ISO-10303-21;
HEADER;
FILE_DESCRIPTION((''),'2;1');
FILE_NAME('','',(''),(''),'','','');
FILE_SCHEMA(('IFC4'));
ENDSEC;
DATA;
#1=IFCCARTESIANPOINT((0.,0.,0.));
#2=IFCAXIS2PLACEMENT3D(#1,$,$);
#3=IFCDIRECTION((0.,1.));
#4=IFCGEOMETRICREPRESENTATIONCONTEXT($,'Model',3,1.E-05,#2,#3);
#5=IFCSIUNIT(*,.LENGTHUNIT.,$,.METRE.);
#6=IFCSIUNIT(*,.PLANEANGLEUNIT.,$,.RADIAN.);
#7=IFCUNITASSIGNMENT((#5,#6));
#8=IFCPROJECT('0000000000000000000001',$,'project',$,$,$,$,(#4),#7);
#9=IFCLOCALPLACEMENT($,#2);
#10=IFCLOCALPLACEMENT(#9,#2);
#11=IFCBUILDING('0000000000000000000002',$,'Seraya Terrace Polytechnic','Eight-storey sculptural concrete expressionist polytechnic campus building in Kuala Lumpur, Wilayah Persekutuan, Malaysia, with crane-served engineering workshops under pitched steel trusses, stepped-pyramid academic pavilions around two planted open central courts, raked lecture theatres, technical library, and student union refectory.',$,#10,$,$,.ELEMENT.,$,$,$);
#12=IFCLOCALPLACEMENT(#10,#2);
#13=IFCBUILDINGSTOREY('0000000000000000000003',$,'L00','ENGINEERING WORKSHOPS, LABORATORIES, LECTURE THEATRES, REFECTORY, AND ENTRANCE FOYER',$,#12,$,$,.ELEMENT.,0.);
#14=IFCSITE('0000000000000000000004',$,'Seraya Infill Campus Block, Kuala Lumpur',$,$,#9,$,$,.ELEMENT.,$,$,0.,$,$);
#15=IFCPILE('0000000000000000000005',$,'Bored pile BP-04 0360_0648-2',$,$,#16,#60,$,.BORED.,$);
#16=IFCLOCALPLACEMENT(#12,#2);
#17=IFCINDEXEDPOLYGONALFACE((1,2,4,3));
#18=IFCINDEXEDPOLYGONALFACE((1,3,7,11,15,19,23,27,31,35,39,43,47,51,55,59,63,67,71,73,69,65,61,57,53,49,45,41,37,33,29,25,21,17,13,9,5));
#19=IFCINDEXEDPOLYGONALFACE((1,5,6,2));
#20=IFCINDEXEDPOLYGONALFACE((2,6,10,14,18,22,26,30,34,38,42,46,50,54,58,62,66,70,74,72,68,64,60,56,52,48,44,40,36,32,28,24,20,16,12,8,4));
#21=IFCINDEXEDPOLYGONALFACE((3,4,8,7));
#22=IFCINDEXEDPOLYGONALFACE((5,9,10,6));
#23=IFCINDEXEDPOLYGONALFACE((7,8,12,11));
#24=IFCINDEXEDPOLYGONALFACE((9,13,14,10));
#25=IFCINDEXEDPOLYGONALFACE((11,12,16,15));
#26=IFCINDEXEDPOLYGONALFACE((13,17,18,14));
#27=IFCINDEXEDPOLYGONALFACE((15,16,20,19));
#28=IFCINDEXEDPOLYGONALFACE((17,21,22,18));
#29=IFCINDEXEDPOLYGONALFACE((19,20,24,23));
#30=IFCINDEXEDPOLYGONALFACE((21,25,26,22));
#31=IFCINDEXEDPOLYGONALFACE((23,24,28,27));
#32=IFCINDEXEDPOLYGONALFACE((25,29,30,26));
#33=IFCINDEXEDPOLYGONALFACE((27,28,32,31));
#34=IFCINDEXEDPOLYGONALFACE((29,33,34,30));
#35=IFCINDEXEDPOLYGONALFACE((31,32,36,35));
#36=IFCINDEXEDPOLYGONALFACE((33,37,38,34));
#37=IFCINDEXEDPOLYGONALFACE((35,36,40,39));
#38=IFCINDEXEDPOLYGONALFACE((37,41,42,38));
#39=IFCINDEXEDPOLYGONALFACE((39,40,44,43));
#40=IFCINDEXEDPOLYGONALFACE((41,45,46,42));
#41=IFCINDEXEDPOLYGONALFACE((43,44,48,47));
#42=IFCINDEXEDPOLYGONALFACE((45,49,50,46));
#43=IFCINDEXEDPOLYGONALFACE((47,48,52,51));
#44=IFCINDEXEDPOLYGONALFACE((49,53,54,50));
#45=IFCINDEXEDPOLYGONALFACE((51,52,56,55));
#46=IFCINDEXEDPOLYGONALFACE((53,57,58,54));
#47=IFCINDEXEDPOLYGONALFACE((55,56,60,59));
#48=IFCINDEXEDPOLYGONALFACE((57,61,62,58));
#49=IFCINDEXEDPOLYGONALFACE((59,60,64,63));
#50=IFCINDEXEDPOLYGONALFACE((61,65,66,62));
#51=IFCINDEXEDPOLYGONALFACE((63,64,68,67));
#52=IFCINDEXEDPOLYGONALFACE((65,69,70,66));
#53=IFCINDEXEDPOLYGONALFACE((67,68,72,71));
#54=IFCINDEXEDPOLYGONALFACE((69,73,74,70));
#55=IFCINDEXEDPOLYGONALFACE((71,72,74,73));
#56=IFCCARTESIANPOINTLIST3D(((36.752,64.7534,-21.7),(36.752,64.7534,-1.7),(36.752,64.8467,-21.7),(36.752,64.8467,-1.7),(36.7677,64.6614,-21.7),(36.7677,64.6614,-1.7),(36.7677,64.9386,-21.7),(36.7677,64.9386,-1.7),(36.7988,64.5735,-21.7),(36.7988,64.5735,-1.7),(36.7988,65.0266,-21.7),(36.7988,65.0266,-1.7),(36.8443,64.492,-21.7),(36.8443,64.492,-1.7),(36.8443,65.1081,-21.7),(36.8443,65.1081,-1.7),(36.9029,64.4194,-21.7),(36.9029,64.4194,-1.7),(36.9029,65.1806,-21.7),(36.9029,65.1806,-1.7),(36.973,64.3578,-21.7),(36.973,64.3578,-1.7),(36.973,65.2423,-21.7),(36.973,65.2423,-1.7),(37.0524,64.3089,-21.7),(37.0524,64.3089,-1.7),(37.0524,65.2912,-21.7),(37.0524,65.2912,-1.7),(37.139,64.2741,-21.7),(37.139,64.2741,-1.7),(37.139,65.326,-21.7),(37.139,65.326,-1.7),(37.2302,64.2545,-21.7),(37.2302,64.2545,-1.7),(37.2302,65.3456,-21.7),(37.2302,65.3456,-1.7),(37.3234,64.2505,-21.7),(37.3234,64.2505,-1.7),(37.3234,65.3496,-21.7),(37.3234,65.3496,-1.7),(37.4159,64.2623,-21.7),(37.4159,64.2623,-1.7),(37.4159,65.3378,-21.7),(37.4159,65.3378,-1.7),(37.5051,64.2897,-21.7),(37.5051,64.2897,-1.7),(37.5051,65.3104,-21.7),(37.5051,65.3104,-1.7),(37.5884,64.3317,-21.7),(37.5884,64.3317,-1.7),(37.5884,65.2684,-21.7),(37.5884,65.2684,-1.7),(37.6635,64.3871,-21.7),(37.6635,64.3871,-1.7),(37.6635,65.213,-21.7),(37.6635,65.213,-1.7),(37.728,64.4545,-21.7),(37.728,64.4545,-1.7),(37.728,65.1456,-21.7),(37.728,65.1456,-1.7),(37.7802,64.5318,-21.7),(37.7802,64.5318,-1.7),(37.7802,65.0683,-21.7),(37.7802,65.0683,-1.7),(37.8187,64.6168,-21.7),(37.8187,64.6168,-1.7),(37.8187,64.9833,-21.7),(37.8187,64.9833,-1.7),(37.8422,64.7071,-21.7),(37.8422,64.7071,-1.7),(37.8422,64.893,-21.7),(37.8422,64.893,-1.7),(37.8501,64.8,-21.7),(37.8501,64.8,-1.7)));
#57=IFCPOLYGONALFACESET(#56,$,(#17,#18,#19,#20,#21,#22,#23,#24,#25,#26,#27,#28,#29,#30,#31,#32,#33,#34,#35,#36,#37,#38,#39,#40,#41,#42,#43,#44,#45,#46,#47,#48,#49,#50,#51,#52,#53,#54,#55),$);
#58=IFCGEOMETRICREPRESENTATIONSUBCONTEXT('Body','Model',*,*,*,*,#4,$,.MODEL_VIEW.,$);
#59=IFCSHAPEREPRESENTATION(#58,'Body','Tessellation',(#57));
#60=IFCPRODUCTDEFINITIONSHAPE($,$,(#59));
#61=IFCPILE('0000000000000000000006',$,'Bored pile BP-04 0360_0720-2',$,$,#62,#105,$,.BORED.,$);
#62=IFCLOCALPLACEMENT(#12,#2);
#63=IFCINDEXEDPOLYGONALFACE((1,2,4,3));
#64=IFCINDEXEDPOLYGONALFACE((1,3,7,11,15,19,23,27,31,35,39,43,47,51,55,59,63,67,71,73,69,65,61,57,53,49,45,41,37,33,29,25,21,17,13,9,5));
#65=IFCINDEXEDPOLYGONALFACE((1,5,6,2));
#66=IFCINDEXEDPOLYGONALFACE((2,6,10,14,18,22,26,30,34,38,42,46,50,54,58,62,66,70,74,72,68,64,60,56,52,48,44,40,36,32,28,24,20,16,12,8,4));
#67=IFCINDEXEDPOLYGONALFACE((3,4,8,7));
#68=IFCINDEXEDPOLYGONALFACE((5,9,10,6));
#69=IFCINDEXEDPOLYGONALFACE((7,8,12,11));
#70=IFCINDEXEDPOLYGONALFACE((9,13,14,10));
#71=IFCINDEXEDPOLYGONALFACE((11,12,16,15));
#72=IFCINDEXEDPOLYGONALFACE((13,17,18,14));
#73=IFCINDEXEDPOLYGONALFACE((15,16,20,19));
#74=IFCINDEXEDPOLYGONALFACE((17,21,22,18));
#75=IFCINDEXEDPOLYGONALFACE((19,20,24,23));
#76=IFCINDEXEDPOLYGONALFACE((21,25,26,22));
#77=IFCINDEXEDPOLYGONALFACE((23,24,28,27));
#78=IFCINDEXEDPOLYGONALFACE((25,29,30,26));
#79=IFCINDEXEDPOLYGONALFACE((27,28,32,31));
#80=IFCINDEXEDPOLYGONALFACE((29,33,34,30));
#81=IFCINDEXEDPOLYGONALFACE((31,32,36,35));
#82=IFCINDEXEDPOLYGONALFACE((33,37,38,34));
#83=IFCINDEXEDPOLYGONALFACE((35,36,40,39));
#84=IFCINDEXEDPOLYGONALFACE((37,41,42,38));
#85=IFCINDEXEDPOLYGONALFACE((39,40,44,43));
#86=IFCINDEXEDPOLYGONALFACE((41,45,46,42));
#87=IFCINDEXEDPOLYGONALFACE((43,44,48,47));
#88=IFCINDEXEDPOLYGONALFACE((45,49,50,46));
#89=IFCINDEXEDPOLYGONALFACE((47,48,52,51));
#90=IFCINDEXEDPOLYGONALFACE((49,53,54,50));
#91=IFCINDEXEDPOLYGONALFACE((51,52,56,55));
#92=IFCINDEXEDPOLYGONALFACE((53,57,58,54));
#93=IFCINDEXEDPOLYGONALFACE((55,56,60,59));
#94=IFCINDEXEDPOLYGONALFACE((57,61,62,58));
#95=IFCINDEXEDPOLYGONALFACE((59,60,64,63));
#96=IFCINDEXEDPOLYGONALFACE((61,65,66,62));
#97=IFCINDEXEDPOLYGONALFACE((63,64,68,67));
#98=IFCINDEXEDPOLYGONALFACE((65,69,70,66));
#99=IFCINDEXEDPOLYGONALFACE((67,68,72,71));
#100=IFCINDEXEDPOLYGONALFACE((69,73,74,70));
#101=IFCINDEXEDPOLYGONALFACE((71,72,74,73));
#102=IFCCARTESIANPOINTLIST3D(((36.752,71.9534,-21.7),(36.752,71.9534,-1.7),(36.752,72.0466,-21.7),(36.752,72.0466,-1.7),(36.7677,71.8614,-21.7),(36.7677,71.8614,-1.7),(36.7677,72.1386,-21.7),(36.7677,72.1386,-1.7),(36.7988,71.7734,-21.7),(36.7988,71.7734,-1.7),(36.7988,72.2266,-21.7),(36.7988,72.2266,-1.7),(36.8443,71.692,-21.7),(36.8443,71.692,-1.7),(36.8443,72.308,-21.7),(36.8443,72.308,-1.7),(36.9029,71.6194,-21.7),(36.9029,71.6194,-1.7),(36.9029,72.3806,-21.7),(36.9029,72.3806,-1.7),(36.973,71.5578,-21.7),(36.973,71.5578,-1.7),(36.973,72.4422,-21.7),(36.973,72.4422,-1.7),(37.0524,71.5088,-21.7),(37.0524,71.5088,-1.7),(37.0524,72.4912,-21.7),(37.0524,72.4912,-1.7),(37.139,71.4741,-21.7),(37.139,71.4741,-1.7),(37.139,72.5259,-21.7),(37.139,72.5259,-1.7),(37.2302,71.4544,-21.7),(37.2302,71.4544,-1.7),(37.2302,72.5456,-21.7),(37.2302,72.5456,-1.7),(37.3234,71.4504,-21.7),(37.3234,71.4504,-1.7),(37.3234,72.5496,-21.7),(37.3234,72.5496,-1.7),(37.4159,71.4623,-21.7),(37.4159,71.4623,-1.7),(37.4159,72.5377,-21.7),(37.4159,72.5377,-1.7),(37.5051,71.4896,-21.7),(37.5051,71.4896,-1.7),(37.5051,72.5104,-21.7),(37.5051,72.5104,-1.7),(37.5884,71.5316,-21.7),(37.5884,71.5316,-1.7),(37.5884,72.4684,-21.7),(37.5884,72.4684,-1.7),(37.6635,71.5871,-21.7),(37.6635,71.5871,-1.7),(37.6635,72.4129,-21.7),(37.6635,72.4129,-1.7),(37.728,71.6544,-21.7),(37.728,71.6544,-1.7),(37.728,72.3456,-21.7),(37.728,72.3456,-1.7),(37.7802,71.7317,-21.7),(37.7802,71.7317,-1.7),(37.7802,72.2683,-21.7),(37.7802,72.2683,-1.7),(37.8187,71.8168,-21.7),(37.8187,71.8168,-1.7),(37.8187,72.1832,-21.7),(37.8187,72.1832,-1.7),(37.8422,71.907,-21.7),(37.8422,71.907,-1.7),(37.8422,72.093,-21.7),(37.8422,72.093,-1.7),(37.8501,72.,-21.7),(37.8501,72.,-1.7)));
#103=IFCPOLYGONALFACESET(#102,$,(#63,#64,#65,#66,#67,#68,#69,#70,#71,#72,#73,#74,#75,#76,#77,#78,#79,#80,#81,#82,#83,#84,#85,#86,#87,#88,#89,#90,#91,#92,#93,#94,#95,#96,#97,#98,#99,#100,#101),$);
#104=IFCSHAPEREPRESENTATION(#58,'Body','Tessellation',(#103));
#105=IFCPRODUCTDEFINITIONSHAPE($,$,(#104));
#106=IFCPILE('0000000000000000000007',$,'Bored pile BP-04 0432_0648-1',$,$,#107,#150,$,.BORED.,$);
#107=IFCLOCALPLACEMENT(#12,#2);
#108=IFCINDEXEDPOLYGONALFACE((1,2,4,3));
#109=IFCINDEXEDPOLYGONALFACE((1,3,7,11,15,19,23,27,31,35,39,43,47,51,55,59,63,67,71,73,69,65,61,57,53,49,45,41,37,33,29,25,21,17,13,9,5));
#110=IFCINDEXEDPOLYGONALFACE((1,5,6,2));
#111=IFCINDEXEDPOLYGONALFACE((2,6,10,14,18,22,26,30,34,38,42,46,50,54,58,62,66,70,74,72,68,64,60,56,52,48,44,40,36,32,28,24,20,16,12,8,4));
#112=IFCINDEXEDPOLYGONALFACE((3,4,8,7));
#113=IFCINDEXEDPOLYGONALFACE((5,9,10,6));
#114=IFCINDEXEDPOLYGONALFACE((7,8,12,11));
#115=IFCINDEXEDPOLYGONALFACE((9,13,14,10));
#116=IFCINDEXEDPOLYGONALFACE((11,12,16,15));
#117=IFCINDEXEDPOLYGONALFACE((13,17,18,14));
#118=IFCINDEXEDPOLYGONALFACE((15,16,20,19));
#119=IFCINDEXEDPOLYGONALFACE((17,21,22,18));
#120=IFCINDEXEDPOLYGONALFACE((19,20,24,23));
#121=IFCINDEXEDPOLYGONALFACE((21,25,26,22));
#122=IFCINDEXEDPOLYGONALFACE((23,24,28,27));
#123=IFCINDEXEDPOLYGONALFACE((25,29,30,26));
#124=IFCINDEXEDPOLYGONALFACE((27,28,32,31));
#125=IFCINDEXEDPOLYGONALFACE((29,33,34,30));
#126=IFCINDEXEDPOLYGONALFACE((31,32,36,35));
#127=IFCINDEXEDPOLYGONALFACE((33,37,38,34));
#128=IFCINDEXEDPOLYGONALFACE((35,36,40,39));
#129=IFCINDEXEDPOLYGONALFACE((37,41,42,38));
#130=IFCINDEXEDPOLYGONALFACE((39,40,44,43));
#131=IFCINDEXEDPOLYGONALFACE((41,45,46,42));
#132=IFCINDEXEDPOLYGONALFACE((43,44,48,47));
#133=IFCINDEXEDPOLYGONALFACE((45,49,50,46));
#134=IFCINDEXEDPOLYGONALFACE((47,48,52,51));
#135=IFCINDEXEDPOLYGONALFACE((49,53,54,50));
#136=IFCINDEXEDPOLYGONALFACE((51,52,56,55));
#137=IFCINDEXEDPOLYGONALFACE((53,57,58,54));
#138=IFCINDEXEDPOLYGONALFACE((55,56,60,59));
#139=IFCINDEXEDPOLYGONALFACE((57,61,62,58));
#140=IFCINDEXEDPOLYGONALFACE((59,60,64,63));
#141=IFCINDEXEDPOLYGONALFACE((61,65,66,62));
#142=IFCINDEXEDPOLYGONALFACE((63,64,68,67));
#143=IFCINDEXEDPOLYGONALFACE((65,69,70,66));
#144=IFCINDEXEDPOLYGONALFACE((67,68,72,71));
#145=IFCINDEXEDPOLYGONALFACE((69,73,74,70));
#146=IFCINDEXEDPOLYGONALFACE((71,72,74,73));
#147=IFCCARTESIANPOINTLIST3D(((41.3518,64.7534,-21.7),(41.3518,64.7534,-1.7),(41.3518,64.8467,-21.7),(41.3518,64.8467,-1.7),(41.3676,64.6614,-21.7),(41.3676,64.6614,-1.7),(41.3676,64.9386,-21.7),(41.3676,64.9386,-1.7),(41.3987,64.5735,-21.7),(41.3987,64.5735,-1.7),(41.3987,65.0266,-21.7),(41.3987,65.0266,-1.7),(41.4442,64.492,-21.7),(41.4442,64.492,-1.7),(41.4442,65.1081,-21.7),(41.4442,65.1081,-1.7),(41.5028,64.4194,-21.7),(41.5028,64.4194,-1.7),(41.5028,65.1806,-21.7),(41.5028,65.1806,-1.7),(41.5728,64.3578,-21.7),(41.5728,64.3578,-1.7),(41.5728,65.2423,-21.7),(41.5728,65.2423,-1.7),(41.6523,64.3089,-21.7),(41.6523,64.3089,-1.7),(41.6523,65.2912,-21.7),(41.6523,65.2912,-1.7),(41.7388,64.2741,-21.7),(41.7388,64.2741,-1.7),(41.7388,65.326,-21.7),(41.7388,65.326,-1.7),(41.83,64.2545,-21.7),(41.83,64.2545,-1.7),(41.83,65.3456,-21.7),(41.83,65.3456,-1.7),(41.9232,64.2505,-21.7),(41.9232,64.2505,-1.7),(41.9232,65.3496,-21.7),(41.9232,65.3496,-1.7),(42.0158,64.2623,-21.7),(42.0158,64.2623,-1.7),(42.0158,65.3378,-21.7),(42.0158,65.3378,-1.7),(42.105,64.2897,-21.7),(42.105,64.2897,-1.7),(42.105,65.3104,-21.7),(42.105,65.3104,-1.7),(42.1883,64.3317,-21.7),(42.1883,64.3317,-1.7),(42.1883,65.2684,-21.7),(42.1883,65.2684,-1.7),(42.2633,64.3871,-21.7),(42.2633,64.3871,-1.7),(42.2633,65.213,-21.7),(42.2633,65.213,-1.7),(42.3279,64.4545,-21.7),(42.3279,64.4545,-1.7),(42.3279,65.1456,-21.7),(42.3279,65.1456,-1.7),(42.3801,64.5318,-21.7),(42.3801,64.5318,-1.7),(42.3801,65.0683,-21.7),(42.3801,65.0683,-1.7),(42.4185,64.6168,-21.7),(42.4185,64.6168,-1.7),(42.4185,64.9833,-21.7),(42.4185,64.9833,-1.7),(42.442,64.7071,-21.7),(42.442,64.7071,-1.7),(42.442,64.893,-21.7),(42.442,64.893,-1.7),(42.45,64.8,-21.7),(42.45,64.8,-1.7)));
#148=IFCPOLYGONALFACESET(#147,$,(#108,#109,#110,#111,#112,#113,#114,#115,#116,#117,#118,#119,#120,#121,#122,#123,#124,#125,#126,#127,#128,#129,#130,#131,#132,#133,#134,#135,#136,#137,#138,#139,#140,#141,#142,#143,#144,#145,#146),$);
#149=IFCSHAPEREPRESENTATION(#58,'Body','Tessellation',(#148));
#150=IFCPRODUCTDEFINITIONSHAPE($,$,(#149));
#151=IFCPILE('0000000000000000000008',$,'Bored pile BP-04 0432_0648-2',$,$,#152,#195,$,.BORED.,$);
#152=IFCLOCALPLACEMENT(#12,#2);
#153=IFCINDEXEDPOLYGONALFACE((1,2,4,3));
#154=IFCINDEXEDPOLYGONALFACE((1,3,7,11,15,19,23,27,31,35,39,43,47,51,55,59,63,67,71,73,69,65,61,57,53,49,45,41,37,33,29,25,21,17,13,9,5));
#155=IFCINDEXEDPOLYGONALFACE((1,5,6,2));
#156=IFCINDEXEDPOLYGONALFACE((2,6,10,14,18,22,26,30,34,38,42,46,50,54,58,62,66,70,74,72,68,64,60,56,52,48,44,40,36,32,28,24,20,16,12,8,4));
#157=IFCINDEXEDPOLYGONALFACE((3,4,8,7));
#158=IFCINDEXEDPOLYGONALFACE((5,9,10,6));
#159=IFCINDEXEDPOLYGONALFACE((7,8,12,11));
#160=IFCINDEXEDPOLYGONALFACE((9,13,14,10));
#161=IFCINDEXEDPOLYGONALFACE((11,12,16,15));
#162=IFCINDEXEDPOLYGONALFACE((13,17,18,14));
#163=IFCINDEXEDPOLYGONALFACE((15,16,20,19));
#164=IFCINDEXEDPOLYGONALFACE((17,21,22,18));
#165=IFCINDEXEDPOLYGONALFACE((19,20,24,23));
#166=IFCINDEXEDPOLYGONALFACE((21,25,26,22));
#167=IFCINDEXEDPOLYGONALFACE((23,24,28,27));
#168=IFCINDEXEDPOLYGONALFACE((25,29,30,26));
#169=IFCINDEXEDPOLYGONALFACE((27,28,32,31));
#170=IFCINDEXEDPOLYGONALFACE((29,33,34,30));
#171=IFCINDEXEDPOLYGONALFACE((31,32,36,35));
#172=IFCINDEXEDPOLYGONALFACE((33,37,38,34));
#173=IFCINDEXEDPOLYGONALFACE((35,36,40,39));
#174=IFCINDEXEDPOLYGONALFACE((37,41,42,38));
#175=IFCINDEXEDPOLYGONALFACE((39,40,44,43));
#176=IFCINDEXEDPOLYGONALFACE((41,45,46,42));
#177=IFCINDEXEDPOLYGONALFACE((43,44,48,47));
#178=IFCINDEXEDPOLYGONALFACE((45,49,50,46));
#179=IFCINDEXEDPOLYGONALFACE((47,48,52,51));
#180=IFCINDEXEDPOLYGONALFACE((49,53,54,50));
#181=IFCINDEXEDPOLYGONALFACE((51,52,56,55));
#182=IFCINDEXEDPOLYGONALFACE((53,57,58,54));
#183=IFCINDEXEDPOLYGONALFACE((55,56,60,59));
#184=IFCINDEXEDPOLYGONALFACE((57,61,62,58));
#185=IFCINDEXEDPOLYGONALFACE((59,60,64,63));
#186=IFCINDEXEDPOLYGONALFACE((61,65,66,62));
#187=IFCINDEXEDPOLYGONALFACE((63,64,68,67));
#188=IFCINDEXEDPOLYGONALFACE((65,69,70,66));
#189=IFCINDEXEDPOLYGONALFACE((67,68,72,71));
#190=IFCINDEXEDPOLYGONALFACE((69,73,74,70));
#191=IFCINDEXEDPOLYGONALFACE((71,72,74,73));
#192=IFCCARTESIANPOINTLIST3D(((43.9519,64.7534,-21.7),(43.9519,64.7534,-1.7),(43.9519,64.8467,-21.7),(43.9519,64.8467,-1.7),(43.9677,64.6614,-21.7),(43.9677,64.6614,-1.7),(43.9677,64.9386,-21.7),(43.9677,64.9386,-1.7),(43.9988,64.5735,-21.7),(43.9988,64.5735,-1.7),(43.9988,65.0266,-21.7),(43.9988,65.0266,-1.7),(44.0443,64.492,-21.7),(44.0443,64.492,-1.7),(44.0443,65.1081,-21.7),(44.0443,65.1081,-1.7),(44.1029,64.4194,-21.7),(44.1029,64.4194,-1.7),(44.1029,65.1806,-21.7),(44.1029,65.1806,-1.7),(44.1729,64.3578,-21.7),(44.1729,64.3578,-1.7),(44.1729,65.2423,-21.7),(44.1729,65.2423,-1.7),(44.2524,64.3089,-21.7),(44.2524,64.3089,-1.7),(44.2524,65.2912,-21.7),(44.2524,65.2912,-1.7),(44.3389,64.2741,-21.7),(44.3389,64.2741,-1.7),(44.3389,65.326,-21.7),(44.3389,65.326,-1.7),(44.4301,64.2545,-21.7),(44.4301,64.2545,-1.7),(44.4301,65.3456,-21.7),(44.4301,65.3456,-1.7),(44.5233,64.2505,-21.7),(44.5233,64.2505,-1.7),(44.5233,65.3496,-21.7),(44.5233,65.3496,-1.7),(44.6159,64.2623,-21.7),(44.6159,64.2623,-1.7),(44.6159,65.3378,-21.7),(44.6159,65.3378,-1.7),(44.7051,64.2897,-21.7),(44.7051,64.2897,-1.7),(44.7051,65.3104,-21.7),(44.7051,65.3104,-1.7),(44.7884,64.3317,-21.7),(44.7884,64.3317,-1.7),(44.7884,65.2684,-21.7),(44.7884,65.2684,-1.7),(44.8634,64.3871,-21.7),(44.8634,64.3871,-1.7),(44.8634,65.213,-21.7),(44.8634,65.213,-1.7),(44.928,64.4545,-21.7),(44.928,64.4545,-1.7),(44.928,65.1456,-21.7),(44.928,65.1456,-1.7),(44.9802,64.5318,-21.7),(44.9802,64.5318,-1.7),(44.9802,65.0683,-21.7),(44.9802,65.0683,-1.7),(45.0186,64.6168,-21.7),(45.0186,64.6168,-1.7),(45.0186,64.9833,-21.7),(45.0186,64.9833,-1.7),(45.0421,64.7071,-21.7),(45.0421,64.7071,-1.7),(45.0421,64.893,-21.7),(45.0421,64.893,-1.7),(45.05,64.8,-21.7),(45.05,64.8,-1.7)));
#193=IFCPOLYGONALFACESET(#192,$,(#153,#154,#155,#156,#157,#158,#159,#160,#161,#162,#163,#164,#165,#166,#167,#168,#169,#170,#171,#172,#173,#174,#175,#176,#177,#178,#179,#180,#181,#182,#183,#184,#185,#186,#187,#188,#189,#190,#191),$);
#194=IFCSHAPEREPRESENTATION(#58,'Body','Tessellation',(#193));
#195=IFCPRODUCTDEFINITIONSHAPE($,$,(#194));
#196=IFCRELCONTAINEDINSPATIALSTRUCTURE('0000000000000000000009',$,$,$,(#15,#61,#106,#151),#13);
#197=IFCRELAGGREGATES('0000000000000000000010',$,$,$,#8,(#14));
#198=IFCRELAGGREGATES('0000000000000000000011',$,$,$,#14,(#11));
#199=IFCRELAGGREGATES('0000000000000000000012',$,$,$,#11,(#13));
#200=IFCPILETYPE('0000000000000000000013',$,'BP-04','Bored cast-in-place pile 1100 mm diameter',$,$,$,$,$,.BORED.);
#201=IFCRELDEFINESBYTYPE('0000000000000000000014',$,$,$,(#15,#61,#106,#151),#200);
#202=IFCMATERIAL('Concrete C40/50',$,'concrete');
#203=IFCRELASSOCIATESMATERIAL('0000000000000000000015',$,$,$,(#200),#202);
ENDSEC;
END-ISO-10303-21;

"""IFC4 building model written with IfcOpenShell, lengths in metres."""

from ifc_helpers import new_model, si_unit, direction, frame, origin, origin_2d, place, context, subcontext, project, spatial, circle, extrude, material, material_profile, profile_set, type_object, element, save


model = new_model("IFC4")

# Units and contexts
model_context = context("Model", 3, precision=1e-05, world=origin(), true_north=direction((0.0, 1.0)))
body_context = subcontext(model_context, "Body", "Model", "MODEL_VIEW")
ifc_project = project(units=[si_unit("LENGTHUNIT", "METRE"), si_unit("PLANEANGLEUNIT", "RADIAN")], contexts=[model_context])

# Site, building, storey
site_placement = place(None, origin())
site = spatial("IfcSite", under=ifc_project, at=site_placement, Name="Seraya Infill Campus Block, Kuala Lumpur", CompositionType="ELEMENT", RefElevation=0.0)
building_placement = place(site_placement, origin())
building = spatial("IfcBuilding", under=site, at=building_placement, Name="Seraya Terrace Polytechnic", Description="Eight-storey sculptural concrete expressionist polytechnic campus building in Kuala Lumpur, Wilayah Persekutuan, Malaysia, with crane-served engineering workshops under pitched steel trusses, stepped-pyramid academic pavilions around two planted open central courts, raked lecture theatres, technical library, and student union refectory.", CompositionType="ELEMENT")
storey_placement = place(building_placement, origin())
storey = spatial("IfcBuildingStorey", under=building, at=storey_placement, Name="L00", Description="ENGINEERING WORKSHOPS, LABORATORIES, LECTURE THEATRES, REFECTORY, AND ENTRANCE FOYER", CompositionType="ELEMENT", Elevation=0.0)

# Piles
ifc_material_1 = material(Name="Concrete C40/50", Category="concrete")
ifc_material_profile_1 = material_profile(ifc_material_1, circle(Radius=0.55, at=origin_2d()), Name="DIA 1100")
ifc_profile_set_1 = profile_set([ifc_material_profile_1], Name="Concrete C40/50")
pile_type = type_object("IfcPileType", Name="BP-04", Description="Bored cast-in-place pile 1100 mm diameter", PredefinedType="BORED", material=ifc_profile_set_1)
for number, where, z_axis, x_axis, name in (
    (1, (37.3, 64.8, -1.7), (0.0, 0.0, -1.0), (1.0, 0.0, 0.0), "Bored pile BP-04 0360_0648-2"),
    (2, (37.3, 72.0, -1.7), (0.0, 0.0, -1.0), (1.0, 0.0, 0.0), "Bored pile BP-04 0360_0720-2"),
    (3, (41.8999, 64.8, -1.7), (0.0, 0.0, -1.0), (1.0, 0.0, 0.0), "Bored pile BP-04 0432_0648-1"),
    (4, (44.5, 64.8, -1.7), (0.0, 0.0, -1.0), (1.0, 0.0, 0.0), "Bored pile BP-04 0432_0648-2"),
):
    element("IfcPile", number, at=place(storey_placement, frame(where, z_axis=z_axis, x_axis=x_axis)), inside=storey, type_object=pile_type, Name=name, PredefinedType="BORED", context=body_context, shape_type="SweptSolid", body=[
        extrude(circle(Radius=0.55, at=origin_2d()), origin(), (0.0, 0.0, 1.0), 20.0),
    ])

save(model, "model.ifc")
